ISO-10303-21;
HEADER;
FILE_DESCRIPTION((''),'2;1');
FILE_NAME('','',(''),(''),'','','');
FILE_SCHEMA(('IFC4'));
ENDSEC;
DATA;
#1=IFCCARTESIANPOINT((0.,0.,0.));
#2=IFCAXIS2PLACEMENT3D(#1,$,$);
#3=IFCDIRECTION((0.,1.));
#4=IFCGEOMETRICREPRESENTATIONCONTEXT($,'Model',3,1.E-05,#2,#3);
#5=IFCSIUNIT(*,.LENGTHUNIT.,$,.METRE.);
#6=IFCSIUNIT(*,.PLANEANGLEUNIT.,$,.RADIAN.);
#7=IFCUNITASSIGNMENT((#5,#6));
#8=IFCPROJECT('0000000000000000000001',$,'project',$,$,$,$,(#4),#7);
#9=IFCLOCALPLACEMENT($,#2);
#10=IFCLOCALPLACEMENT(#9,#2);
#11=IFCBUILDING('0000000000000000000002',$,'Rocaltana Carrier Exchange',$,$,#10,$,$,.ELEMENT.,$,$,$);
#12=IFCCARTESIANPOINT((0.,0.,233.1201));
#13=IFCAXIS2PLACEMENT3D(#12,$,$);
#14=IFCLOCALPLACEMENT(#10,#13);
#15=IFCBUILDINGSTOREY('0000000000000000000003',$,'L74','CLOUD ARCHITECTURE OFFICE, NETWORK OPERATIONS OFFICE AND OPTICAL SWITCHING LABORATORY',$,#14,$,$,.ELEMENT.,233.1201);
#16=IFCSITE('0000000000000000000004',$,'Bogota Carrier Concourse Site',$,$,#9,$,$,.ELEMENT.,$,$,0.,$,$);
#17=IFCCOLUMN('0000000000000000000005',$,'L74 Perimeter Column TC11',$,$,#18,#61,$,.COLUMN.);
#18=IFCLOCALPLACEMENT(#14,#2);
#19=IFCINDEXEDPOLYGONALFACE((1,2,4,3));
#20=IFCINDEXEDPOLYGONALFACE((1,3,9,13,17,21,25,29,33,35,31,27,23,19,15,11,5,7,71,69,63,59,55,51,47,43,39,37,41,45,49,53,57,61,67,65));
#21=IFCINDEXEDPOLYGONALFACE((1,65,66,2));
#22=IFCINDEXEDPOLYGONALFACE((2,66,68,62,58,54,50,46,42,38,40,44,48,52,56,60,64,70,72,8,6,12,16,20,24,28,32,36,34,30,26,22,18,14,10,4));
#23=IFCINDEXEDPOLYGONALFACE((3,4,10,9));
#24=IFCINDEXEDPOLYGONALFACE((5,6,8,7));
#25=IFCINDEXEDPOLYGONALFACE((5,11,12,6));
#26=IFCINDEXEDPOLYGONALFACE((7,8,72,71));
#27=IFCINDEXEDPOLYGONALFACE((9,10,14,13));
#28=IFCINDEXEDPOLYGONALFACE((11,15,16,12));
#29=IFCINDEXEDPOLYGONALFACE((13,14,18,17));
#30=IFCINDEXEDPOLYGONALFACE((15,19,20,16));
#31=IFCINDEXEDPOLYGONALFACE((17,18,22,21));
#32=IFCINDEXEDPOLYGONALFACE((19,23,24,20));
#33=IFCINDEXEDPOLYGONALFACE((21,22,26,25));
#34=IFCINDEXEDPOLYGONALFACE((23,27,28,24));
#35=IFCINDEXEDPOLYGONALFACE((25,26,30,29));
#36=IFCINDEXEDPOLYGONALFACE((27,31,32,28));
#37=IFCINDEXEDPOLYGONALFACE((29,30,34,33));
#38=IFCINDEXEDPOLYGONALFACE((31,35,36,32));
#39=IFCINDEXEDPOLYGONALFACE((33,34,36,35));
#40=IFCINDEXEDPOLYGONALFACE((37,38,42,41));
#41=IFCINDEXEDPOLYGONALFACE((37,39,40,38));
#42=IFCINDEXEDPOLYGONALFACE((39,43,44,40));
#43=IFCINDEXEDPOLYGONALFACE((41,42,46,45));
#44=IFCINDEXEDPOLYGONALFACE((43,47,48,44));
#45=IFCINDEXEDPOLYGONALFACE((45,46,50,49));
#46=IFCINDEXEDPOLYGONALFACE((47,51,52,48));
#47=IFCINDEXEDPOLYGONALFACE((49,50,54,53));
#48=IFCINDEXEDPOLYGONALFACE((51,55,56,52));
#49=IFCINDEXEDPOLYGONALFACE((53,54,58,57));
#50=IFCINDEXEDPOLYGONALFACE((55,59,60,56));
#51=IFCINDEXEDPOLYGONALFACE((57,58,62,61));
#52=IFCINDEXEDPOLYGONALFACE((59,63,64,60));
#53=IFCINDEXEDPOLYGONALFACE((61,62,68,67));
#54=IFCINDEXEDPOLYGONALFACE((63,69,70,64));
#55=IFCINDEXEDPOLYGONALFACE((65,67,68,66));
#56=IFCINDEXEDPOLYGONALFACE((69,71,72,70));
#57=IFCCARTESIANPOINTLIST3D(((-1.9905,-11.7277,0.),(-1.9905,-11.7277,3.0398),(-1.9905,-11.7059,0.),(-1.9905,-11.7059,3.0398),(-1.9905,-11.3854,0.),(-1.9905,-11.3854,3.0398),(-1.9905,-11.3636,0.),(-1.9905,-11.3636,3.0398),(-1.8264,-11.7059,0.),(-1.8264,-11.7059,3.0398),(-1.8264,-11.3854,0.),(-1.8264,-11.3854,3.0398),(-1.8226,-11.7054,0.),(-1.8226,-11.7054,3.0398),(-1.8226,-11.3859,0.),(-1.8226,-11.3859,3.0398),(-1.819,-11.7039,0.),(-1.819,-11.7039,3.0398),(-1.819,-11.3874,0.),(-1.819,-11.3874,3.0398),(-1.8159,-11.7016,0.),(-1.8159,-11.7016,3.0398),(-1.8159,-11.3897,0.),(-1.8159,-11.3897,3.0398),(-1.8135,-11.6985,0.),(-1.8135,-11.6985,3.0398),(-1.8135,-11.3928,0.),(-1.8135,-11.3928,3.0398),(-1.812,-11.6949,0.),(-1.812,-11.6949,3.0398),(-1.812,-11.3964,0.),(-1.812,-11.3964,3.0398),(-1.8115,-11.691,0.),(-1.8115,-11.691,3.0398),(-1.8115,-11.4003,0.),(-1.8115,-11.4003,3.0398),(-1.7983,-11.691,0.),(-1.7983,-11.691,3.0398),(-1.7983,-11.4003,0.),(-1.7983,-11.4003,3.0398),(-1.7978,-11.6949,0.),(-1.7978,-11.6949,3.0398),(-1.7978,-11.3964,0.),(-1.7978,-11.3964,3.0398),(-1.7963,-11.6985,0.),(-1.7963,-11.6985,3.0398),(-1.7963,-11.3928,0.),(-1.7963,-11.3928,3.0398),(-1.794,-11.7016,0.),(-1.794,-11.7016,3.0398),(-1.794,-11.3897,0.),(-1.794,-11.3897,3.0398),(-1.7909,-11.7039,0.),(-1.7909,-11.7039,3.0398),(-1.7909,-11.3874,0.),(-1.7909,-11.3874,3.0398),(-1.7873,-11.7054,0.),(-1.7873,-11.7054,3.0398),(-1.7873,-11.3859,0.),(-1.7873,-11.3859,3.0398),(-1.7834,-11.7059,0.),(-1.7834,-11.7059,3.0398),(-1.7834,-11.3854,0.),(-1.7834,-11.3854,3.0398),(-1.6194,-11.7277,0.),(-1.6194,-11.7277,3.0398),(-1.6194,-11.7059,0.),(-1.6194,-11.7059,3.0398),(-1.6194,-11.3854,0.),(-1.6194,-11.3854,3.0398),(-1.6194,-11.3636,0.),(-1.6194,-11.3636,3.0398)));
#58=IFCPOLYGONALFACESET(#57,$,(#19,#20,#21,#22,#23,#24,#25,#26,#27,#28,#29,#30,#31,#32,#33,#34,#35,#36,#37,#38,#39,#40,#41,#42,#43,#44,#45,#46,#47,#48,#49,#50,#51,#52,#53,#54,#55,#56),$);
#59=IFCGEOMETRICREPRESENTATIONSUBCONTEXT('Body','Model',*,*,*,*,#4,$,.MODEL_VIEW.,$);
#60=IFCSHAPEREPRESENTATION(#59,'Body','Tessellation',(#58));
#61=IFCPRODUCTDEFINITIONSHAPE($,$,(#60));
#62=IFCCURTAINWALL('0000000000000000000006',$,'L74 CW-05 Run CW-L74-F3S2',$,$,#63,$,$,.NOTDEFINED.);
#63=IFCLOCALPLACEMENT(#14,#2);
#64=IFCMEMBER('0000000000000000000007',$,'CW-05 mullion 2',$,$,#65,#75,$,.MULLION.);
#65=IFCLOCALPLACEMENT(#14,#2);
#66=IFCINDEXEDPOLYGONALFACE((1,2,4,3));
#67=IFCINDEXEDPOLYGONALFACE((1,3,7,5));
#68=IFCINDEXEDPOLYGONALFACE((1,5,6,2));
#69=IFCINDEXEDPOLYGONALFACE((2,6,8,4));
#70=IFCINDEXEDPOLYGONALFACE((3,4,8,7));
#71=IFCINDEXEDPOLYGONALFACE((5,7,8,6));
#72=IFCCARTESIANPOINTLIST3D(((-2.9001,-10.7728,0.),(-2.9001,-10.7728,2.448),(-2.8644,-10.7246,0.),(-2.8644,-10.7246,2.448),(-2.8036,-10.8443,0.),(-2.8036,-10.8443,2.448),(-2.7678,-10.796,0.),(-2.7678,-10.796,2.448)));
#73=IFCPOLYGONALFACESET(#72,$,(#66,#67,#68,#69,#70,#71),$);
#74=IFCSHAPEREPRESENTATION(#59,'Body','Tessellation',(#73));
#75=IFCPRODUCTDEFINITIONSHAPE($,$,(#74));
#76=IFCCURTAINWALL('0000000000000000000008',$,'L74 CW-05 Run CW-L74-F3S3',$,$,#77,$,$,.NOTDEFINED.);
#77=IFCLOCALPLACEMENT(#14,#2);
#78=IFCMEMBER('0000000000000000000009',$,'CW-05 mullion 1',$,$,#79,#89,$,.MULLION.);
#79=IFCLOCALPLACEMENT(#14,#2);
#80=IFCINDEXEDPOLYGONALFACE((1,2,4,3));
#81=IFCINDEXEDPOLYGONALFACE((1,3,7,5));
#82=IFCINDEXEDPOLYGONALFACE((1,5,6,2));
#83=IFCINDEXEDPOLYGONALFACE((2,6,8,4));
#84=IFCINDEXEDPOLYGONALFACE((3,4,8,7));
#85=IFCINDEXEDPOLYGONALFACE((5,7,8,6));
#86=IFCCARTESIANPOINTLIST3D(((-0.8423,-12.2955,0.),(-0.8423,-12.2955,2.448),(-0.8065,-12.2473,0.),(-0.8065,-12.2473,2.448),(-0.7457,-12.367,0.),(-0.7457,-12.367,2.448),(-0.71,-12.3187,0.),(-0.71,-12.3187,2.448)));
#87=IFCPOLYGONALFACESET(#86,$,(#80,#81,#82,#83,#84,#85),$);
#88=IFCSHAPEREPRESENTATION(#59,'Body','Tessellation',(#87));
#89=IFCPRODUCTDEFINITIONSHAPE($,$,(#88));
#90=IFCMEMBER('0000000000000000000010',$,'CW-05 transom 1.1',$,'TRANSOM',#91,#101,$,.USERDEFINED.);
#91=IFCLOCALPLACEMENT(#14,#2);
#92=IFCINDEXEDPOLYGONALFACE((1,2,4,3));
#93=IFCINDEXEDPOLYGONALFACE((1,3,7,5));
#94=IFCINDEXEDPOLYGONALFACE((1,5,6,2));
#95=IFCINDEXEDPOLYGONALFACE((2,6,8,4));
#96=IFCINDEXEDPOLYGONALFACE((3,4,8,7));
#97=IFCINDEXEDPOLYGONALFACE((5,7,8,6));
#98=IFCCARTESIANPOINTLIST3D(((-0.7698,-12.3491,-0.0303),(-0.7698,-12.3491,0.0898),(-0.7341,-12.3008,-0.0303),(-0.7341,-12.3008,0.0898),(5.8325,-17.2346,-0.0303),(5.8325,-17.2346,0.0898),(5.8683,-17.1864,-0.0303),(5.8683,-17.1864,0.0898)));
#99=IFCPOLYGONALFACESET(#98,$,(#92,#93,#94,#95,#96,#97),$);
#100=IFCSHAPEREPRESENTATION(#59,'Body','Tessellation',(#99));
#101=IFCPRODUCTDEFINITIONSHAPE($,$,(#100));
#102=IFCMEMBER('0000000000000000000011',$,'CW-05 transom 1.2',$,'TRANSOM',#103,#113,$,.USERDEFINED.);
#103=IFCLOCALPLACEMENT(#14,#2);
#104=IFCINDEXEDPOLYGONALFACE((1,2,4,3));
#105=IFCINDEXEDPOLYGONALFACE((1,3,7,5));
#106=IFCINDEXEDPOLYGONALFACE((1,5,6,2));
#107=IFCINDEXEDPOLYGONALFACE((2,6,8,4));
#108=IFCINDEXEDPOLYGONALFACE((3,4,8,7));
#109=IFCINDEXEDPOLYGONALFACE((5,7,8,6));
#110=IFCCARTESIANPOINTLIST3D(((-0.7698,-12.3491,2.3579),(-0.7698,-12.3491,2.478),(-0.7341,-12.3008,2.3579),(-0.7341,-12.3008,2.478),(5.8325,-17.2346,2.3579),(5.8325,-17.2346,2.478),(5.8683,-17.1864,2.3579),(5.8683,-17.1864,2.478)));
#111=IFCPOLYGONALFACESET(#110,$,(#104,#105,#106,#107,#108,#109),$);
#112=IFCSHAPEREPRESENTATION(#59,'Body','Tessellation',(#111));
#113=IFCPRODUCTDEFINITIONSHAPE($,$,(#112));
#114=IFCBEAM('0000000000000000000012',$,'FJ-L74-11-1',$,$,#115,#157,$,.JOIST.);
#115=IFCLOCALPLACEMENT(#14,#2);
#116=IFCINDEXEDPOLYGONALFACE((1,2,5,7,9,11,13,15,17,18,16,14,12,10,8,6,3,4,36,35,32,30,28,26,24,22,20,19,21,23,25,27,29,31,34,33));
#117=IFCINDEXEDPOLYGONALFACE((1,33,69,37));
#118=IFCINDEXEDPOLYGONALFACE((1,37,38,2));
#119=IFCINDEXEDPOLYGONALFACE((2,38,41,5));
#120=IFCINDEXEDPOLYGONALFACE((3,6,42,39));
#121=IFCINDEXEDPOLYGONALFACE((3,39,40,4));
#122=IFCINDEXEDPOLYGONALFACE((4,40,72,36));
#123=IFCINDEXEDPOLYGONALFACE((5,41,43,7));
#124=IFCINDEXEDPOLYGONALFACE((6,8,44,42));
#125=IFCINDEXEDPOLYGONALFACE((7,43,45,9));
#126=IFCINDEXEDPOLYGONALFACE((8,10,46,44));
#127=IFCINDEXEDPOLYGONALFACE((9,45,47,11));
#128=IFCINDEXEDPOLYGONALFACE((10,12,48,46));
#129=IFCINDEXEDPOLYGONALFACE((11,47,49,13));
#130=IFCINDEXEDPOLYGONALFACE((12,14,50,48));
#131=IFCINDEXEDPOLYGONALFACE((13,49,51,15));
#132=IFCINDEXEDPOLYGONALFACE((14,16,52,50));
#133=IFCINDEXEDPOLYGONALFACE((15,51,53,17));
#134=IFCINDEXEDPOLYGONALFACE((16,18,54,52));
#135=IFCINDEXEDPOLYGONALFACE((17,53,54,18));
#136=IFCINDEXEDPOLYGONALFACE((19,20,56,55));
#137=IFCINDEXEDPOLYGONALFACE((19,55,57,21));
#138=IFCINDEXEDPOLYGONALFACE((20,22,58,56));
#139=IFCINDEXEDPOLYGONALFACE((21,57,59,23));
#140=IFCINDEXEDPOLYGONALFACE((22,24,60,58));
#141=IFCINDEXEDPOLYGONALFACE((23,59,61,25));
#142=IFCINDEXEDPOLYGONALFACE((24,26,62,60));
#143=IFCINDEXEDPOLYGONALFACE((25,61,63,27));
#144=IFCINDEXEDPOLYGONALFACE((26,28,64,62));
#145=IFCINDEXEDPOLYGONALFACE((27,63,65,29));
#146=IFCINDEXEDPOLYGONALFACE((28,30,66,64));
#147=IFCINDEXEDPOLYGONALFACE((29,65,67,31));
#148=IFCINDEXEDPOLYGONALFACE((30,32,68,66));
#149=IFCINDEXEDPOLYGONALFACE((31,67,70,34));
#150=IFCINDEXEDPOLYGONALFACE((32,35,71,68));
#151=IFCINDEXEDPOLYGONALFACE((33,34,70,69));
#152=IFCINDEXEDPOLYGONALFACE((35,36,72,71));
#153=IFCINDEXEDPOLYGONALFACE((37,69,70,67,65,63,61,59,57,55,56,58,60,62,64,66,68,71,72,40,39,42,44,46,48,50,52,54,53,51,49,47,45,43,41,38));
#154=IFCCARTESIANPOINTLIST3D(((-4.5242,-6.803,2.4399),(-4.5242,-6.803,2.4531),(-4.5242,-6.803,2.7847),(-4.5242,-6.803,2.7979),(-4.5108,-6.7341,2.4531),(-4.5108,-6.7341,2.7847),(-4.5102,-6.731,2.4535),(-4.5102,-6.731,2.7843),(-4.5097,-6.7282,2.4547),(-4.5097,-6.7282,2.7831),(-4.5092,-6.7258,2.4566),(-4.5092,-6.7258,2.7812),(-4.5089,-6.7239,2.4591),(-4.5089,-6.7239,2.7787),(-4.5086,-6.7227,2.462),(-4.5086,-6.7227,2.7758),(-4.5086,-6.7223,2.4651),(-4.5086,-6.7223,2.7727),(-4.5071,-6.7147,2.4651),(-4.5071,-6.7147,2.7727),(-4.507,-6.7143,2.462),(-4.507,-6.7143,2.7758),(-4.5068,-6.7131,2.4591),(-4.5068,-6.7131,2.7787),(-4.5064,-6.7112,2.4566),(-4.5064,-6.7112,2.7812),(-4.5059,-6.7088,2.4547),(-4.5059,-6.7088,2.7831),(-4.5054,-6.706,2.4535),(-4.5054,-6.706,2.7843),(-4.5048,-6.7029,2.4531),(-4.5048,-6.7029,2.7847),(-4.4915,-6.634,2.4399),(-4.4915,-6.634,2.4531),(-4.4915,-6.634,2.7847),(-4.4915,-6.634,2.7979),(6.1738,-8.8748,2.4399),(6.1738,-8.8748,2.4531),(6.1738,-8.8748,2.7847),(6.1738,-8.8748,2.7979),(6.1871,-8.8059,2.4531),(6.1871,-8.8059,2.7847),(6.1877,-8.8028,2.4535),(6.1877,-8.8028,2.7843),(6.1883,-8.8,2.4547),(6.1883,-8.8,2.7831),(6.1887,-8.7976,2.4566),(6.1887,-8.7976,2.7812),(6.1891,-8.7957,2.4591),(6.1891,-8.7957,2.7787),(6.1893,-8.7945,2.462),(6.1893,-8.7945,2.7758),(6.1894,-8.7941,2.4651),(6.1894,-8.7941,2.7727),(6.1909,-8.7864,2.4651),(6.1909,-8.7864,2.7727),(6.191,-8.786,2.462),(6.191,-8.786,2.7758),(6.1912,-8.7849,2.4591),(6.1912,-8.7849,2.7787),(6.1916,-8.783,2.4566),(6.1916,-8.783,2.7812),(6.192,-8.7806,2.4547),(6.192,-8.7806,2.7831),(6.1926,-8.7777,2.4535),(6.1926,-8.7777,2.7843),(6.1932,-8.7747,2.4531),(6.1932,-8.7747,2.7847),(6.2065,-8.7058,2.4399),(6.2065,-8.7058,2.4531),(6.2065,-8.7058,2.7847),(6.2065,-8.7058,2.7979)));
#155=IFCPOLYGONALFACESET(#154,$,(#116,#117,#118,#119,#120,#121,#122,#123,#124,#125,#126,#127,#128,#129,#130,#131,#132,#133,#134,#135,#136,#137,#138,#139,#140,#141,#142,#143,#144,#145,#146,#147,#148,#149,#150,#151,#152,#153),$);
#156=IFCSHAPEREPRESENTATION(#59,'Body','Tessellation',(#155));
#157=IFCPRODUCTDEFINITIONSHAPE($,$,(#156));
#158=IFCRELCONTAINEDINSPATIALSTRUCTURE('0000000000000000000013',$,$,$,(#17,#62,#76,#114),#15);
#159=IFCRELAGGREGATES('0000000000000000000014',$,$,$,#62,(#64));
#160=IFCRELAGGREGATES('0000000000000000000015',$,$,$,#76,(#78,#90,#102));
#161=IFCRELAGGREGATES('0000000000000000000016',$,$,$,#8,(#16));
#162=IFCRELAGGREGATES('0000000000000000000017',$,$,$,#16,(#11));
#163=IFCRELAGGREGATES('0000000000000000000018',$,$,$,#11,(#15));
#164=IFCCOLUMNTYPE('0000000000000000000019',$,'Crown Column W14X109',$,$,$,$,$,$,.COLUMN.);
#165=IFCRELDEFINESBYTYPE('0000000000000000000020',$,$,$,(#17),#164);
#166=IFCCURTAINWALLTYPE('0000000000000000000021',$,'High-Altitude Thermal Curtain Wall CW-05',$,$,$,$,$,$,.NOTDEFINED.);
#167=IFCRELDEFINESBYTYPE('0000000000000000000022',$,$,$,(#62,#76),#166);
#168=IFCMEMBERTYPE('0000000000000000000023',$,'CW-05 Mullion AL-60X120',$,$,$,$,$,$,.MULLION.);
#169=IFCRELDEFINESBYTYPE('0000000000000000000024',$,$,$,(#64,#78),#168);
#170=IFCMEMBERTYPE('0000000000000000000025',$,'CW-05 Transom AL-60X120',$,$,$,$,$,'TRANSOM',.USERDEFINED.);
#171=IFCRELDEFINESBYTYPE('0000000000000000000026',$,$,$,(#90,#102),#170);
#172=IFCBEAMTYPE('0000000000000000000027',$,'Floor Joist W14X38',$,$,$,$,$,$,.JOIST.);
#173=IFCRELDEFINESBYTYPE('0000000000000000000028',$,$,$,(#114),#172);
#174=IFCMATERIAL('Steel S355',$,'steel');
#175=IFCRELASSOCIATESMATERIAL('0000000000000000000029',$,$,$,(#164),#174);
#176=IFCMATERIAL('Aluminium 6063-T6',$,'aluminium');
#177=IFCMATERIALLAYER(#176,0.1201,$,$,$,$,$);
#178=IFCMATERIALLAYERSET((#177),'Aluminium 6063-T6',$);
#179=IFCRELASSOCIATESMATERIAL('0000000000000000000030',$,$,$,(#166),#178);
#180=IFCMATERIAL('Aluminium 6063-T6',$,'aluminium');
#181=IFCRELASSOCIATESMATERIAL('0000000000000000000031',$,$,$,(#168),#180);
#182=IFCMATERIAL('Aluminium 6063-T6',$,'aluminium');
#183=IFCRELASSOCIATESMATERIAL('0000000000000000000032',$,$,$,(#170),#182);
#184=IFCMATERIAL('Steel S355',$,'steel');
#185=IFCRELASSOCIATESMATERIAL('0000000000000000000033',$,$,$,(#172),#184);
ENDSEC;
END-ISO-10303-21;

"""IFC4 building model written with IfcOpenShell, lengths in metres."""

from ifc_helpers import new_model, si_unit, direction, frame, origin, origin_2d, place, context, subcontext, project, spatial, rectangle, i_section, extrude, material, layer, layer_set, material_profile, profile_set, type_object, element, aggregate, save


model = new_model("IFC4")

# Units and contexts
model_context = context("Model", 3, precision=1e-05, world=origin(), true_north=direction((0.0, 1.0)))
body_context = subcontext(model_context, "Body", "Model", "MODEL_VIEW")
ifc_project = project(units=[si_unit("LENGTHUNIT", "METRE"), si_unit("PLANEANGLEUNIT", "RADIAN")], contexts=[model_context])

# Site, building, storey
site_placement = place(None, origin())
site = spatial("IfcSite", under=ifc_project, at=site_placement, Name="Bogota Carrier Concourse Site", CompositionType="ELEMENT", RefElevation=0.0)
building_placement = place(site_placement, origin())
building = spatial("IfcBuilding", under=site, at=building_placement, Name="Rocaltana Carrier Exchange", CompositionType="ELEMENT")
storey_placement = place(building_placement, frame((0.0, 0.0, 233.1201)))
storey = spatial("IfcBuildingStorey", under=building, at=storey_placement, Name="L74", Description="CLOUD ARCHITECTURE OFFICE, NETWORK OPERATIONS OFFICE AND OPTICAL SWITCHING LABORATORY", CompositionType="ELEMENT", Elevation=233.1201)

# Column
ifc_material_1 = material(Name="Steel S355", Category="steel")
ifc_material_profile_1 = material_profile(ifc_material_1, i_section(OverallWidth=0.3711, OverallDepth=0.364, WebThickness=0.0132, FlangeThickness=0.0217, FilletRadius=0.0149, at=origin_2d()), Name="W14X109")
ifc_profile_set_1 = profile_set([ifc_material_profile_1], Name="Steel S355")
column_type = type_object("IfcColumnType", Name="Crown Column W14X109", PredefinedType="COLUMN", material=ifc_profile_set_1)
column_placement = place(storey_placement, frame((-1.8049, -11.5457, 0.0), z_axis=(0.0, 0.0, 1.0), x_axis=(1.0, 0.0, 0.0)))
element("IfcColumn", 1, at=column_placement, inside=storey, type_object=column_type, Name="L74 Perimeter Column TC11", PredefinedType="COLUMN", context=body_context, shape_type="SweptSolid", body=[
    extrude(i_section(OverallWidth=0.3711, OverallDepth=0.364, WebThickness=0.0132, FlangeThickness=0.0217, FilletRadius=0.0149, at=origin_2d()), origin(), (0.0, 0.0, 1.0), 3.0398),
])

# Curtain wall, member
ifc_material_2 = material(Name="Aluminium 6063-T6", Category="aluminium")
ifc_layer_1 = layer(ifc_material_2, 0.1201)
ifc_layer_set_1 = layer_set([ifc_layer_1], Name="Aluminium 6063-T6")
curtain_wall_type = type_object("IfcCurtainWallType", Name="High-Altitude Thermal Curtain Wall CW-05", PredefinedType="NOTDEFINED", material=ifc_layer_set_1)
curtain_wall_1_placement = place(storey_placement, origin())
curtain_wall_1 = element("IfcCurtainWall", 2, at=curtain_wall_1_placement, inside=storey, type_object=curtain_wall_type, Name="L74 CW-05 Run CW-L74-F3S2", PredefinedType="NOTDEFINED")
ifc_material_3 = material(Name="Aluminium 6063-T6", Category="aluminium")
ifc_material_profile_2 = material_profile(ifc_material_3, rectangle(XDim=0.0601, YDim=0.1201, at=origin_2d()), Name="AL-60X120")
ifc_profile_set_2 = profile_set([ifc_material_profile_2], Name="Aluminium 6063-T6")
member_type_1 = type_object("IfcMemberType", Name="CW-05 Mullion AL-60X120", PredefinedType="MULLION", material=ifc_profile_set_2)
member_1_placement = place(storey_placement, frame((-2.834, -10.7844, 0.0), z_axis=(0.0, 0.0, 1.0), x_axis=(0.594821, 0.803858, 0.0)))
member_1 = element("IfcMember", 3, at=member_1_placement, type_object=member_type_1, Name="CW-05 mullion 2", PredefinedType="MULLION", context=body_context, shape_type="SweptSolid", body=[
    extrude(rectangle(XDim=0.0601, YDim=0.1201, at=origin_2d()), origin(), (0.0, 0.0, 1.0), 2.448),
])
aggregate(curtain_wall_1, [member_1])

# Curtain wall, members
curtain_wall_2_placement = place(storey_placement, origin())
curtain_wall_2 = element("IfcCurtainWall", 4, at=curtain_wall_2_placement, inside=storey, type_object=curtain_wall_type, Name="L74 CW-05 Run CW-L74-F3S3", PredefinedType="NOTDEFINED")
member_2_placement = place(storey_placement, frame((-0.7761, -12.3071, 0.0), z_axis=(0.0, 0.0, 1.0), x_axis=(0.594827, 0.803854, 0.0)))
member_2 = element("IfcMember", 5, at=member_2_placement, type_object=member_type_1, Name="CW-05 mullion 1", PredefinedType="MULLION", context=body_context, shape_type="SweptSolid", body=[
    extrude(rectangle(XDim=0.0601, YDim=0.1201, at=origin_2d()), origin(), (0.0, 0.0, 1.0), 2.448),
])
ifc_material_4 = material(Name="Aluminium 6063-T6", Category="aluminium")
ifc_material_profile_3 = material_profile(ifc_material_4, rectangle(XDim=0.0601, YDim=0.1201, at=origin_2d()), Name="AL-60X120")
ifc_profile_set_3 = profile_set([ifc_material_profile_3], Name="Aluminium 6063-T6")
member_type_2 = type_object("IfcMemberType", Name="CW-05 Transom AL-60X120", ElementType="TRANSOM", PredefinedType="USERDEFINED", material=ifc_profile_set_3)
member_3_placement = place(storey_placement, frame((-0.752, -12.325, 0.0298), z_axis=(0.803854, -0.594827, 0.0), x_axis=(0.594827, 0.803854, 0.0)))
member_3 = element("IfcMember", 6, at=member_3_placement, type_object=member_type_2, Name="CW-05 transom 1.1", ObjectType="TRANSOM", PredefinedType="USERDEFINED", context=body_context, shape_type="SweptSolid", body=[
    extrude(rectangle(XDim=0.0601, YDim=0.1201, at=origin_2d()), origin(), (0.0, 0.0, 1.0), 8.2134),
])
member_4_placement = place(storey_placement, frame((-0.752, -12.325, 2.418), z_axis=(0.803854, -0.594827, 0.0), x_axis=(0.594827, 0.803854, 0.0)))
member_4 = element("IfcMember", 7, at=member_4_placement, type_object=member_type_2, Name="CW-05 transom 1.2", ObjectType="TRANSOM", PredefinedType="USERDEFINED", context=body_context, shape_type="SweptSolid", body=[
    extrude(rectangle(XDim=0.0601, YDim=0.1201, at=origin_2d()), origin(), (0.0, 0.0, 1.0), 8.2134),
])
aggregate(curtain_wall_2, [member_2, member_3, member_4])

# Beam
ifc_material_5 = material(Name="Steel S355", Category="steel")
ifc_material_profile_4 = material_profile(ifc_material_5, i_section(OverallWidth=0.1721, OverallDepth=0.3579, WebThickness=0.0078, FlangeThickness=0.0132, FilletRadius=0.012, at=origin_2d()), Name="W14X38")
ifc_profile_set_4 = profile_set([ifc_material_profile_4], Name="Steel S355")
beam_type_1 = type_object("IfcBeamType", Name="Floor Joist W14X38", PredefinedType="JOIST", material=ifc_profile_set_4)
beam_1_placement = place(storey_placement, frame((-4.5078, -6.7185, 2.6189), z_axis=(0.981759, -0.190128, 0.0), x_axis=(0.190128, 0.981759, 0.0)))
element("IfcBeam", 8, at=beam_1_placement, inside=storey, type_object=beam_type_1, Name="FJ-L74-11-1", PredefinedType="JOIST", context=body_context, shape_type="SweptSolid", body=[
    extrude(i_section(OverallWidth=0.1721, OverallDepth=0.3579, WebThickness=0.0078, FlangeThickness=0.0132, FilletRadius=0.012, at=origin_2d()), origin(), (0.0, 0.0, 1.0), 10.8967),
])

save(model, "model.ifc")
